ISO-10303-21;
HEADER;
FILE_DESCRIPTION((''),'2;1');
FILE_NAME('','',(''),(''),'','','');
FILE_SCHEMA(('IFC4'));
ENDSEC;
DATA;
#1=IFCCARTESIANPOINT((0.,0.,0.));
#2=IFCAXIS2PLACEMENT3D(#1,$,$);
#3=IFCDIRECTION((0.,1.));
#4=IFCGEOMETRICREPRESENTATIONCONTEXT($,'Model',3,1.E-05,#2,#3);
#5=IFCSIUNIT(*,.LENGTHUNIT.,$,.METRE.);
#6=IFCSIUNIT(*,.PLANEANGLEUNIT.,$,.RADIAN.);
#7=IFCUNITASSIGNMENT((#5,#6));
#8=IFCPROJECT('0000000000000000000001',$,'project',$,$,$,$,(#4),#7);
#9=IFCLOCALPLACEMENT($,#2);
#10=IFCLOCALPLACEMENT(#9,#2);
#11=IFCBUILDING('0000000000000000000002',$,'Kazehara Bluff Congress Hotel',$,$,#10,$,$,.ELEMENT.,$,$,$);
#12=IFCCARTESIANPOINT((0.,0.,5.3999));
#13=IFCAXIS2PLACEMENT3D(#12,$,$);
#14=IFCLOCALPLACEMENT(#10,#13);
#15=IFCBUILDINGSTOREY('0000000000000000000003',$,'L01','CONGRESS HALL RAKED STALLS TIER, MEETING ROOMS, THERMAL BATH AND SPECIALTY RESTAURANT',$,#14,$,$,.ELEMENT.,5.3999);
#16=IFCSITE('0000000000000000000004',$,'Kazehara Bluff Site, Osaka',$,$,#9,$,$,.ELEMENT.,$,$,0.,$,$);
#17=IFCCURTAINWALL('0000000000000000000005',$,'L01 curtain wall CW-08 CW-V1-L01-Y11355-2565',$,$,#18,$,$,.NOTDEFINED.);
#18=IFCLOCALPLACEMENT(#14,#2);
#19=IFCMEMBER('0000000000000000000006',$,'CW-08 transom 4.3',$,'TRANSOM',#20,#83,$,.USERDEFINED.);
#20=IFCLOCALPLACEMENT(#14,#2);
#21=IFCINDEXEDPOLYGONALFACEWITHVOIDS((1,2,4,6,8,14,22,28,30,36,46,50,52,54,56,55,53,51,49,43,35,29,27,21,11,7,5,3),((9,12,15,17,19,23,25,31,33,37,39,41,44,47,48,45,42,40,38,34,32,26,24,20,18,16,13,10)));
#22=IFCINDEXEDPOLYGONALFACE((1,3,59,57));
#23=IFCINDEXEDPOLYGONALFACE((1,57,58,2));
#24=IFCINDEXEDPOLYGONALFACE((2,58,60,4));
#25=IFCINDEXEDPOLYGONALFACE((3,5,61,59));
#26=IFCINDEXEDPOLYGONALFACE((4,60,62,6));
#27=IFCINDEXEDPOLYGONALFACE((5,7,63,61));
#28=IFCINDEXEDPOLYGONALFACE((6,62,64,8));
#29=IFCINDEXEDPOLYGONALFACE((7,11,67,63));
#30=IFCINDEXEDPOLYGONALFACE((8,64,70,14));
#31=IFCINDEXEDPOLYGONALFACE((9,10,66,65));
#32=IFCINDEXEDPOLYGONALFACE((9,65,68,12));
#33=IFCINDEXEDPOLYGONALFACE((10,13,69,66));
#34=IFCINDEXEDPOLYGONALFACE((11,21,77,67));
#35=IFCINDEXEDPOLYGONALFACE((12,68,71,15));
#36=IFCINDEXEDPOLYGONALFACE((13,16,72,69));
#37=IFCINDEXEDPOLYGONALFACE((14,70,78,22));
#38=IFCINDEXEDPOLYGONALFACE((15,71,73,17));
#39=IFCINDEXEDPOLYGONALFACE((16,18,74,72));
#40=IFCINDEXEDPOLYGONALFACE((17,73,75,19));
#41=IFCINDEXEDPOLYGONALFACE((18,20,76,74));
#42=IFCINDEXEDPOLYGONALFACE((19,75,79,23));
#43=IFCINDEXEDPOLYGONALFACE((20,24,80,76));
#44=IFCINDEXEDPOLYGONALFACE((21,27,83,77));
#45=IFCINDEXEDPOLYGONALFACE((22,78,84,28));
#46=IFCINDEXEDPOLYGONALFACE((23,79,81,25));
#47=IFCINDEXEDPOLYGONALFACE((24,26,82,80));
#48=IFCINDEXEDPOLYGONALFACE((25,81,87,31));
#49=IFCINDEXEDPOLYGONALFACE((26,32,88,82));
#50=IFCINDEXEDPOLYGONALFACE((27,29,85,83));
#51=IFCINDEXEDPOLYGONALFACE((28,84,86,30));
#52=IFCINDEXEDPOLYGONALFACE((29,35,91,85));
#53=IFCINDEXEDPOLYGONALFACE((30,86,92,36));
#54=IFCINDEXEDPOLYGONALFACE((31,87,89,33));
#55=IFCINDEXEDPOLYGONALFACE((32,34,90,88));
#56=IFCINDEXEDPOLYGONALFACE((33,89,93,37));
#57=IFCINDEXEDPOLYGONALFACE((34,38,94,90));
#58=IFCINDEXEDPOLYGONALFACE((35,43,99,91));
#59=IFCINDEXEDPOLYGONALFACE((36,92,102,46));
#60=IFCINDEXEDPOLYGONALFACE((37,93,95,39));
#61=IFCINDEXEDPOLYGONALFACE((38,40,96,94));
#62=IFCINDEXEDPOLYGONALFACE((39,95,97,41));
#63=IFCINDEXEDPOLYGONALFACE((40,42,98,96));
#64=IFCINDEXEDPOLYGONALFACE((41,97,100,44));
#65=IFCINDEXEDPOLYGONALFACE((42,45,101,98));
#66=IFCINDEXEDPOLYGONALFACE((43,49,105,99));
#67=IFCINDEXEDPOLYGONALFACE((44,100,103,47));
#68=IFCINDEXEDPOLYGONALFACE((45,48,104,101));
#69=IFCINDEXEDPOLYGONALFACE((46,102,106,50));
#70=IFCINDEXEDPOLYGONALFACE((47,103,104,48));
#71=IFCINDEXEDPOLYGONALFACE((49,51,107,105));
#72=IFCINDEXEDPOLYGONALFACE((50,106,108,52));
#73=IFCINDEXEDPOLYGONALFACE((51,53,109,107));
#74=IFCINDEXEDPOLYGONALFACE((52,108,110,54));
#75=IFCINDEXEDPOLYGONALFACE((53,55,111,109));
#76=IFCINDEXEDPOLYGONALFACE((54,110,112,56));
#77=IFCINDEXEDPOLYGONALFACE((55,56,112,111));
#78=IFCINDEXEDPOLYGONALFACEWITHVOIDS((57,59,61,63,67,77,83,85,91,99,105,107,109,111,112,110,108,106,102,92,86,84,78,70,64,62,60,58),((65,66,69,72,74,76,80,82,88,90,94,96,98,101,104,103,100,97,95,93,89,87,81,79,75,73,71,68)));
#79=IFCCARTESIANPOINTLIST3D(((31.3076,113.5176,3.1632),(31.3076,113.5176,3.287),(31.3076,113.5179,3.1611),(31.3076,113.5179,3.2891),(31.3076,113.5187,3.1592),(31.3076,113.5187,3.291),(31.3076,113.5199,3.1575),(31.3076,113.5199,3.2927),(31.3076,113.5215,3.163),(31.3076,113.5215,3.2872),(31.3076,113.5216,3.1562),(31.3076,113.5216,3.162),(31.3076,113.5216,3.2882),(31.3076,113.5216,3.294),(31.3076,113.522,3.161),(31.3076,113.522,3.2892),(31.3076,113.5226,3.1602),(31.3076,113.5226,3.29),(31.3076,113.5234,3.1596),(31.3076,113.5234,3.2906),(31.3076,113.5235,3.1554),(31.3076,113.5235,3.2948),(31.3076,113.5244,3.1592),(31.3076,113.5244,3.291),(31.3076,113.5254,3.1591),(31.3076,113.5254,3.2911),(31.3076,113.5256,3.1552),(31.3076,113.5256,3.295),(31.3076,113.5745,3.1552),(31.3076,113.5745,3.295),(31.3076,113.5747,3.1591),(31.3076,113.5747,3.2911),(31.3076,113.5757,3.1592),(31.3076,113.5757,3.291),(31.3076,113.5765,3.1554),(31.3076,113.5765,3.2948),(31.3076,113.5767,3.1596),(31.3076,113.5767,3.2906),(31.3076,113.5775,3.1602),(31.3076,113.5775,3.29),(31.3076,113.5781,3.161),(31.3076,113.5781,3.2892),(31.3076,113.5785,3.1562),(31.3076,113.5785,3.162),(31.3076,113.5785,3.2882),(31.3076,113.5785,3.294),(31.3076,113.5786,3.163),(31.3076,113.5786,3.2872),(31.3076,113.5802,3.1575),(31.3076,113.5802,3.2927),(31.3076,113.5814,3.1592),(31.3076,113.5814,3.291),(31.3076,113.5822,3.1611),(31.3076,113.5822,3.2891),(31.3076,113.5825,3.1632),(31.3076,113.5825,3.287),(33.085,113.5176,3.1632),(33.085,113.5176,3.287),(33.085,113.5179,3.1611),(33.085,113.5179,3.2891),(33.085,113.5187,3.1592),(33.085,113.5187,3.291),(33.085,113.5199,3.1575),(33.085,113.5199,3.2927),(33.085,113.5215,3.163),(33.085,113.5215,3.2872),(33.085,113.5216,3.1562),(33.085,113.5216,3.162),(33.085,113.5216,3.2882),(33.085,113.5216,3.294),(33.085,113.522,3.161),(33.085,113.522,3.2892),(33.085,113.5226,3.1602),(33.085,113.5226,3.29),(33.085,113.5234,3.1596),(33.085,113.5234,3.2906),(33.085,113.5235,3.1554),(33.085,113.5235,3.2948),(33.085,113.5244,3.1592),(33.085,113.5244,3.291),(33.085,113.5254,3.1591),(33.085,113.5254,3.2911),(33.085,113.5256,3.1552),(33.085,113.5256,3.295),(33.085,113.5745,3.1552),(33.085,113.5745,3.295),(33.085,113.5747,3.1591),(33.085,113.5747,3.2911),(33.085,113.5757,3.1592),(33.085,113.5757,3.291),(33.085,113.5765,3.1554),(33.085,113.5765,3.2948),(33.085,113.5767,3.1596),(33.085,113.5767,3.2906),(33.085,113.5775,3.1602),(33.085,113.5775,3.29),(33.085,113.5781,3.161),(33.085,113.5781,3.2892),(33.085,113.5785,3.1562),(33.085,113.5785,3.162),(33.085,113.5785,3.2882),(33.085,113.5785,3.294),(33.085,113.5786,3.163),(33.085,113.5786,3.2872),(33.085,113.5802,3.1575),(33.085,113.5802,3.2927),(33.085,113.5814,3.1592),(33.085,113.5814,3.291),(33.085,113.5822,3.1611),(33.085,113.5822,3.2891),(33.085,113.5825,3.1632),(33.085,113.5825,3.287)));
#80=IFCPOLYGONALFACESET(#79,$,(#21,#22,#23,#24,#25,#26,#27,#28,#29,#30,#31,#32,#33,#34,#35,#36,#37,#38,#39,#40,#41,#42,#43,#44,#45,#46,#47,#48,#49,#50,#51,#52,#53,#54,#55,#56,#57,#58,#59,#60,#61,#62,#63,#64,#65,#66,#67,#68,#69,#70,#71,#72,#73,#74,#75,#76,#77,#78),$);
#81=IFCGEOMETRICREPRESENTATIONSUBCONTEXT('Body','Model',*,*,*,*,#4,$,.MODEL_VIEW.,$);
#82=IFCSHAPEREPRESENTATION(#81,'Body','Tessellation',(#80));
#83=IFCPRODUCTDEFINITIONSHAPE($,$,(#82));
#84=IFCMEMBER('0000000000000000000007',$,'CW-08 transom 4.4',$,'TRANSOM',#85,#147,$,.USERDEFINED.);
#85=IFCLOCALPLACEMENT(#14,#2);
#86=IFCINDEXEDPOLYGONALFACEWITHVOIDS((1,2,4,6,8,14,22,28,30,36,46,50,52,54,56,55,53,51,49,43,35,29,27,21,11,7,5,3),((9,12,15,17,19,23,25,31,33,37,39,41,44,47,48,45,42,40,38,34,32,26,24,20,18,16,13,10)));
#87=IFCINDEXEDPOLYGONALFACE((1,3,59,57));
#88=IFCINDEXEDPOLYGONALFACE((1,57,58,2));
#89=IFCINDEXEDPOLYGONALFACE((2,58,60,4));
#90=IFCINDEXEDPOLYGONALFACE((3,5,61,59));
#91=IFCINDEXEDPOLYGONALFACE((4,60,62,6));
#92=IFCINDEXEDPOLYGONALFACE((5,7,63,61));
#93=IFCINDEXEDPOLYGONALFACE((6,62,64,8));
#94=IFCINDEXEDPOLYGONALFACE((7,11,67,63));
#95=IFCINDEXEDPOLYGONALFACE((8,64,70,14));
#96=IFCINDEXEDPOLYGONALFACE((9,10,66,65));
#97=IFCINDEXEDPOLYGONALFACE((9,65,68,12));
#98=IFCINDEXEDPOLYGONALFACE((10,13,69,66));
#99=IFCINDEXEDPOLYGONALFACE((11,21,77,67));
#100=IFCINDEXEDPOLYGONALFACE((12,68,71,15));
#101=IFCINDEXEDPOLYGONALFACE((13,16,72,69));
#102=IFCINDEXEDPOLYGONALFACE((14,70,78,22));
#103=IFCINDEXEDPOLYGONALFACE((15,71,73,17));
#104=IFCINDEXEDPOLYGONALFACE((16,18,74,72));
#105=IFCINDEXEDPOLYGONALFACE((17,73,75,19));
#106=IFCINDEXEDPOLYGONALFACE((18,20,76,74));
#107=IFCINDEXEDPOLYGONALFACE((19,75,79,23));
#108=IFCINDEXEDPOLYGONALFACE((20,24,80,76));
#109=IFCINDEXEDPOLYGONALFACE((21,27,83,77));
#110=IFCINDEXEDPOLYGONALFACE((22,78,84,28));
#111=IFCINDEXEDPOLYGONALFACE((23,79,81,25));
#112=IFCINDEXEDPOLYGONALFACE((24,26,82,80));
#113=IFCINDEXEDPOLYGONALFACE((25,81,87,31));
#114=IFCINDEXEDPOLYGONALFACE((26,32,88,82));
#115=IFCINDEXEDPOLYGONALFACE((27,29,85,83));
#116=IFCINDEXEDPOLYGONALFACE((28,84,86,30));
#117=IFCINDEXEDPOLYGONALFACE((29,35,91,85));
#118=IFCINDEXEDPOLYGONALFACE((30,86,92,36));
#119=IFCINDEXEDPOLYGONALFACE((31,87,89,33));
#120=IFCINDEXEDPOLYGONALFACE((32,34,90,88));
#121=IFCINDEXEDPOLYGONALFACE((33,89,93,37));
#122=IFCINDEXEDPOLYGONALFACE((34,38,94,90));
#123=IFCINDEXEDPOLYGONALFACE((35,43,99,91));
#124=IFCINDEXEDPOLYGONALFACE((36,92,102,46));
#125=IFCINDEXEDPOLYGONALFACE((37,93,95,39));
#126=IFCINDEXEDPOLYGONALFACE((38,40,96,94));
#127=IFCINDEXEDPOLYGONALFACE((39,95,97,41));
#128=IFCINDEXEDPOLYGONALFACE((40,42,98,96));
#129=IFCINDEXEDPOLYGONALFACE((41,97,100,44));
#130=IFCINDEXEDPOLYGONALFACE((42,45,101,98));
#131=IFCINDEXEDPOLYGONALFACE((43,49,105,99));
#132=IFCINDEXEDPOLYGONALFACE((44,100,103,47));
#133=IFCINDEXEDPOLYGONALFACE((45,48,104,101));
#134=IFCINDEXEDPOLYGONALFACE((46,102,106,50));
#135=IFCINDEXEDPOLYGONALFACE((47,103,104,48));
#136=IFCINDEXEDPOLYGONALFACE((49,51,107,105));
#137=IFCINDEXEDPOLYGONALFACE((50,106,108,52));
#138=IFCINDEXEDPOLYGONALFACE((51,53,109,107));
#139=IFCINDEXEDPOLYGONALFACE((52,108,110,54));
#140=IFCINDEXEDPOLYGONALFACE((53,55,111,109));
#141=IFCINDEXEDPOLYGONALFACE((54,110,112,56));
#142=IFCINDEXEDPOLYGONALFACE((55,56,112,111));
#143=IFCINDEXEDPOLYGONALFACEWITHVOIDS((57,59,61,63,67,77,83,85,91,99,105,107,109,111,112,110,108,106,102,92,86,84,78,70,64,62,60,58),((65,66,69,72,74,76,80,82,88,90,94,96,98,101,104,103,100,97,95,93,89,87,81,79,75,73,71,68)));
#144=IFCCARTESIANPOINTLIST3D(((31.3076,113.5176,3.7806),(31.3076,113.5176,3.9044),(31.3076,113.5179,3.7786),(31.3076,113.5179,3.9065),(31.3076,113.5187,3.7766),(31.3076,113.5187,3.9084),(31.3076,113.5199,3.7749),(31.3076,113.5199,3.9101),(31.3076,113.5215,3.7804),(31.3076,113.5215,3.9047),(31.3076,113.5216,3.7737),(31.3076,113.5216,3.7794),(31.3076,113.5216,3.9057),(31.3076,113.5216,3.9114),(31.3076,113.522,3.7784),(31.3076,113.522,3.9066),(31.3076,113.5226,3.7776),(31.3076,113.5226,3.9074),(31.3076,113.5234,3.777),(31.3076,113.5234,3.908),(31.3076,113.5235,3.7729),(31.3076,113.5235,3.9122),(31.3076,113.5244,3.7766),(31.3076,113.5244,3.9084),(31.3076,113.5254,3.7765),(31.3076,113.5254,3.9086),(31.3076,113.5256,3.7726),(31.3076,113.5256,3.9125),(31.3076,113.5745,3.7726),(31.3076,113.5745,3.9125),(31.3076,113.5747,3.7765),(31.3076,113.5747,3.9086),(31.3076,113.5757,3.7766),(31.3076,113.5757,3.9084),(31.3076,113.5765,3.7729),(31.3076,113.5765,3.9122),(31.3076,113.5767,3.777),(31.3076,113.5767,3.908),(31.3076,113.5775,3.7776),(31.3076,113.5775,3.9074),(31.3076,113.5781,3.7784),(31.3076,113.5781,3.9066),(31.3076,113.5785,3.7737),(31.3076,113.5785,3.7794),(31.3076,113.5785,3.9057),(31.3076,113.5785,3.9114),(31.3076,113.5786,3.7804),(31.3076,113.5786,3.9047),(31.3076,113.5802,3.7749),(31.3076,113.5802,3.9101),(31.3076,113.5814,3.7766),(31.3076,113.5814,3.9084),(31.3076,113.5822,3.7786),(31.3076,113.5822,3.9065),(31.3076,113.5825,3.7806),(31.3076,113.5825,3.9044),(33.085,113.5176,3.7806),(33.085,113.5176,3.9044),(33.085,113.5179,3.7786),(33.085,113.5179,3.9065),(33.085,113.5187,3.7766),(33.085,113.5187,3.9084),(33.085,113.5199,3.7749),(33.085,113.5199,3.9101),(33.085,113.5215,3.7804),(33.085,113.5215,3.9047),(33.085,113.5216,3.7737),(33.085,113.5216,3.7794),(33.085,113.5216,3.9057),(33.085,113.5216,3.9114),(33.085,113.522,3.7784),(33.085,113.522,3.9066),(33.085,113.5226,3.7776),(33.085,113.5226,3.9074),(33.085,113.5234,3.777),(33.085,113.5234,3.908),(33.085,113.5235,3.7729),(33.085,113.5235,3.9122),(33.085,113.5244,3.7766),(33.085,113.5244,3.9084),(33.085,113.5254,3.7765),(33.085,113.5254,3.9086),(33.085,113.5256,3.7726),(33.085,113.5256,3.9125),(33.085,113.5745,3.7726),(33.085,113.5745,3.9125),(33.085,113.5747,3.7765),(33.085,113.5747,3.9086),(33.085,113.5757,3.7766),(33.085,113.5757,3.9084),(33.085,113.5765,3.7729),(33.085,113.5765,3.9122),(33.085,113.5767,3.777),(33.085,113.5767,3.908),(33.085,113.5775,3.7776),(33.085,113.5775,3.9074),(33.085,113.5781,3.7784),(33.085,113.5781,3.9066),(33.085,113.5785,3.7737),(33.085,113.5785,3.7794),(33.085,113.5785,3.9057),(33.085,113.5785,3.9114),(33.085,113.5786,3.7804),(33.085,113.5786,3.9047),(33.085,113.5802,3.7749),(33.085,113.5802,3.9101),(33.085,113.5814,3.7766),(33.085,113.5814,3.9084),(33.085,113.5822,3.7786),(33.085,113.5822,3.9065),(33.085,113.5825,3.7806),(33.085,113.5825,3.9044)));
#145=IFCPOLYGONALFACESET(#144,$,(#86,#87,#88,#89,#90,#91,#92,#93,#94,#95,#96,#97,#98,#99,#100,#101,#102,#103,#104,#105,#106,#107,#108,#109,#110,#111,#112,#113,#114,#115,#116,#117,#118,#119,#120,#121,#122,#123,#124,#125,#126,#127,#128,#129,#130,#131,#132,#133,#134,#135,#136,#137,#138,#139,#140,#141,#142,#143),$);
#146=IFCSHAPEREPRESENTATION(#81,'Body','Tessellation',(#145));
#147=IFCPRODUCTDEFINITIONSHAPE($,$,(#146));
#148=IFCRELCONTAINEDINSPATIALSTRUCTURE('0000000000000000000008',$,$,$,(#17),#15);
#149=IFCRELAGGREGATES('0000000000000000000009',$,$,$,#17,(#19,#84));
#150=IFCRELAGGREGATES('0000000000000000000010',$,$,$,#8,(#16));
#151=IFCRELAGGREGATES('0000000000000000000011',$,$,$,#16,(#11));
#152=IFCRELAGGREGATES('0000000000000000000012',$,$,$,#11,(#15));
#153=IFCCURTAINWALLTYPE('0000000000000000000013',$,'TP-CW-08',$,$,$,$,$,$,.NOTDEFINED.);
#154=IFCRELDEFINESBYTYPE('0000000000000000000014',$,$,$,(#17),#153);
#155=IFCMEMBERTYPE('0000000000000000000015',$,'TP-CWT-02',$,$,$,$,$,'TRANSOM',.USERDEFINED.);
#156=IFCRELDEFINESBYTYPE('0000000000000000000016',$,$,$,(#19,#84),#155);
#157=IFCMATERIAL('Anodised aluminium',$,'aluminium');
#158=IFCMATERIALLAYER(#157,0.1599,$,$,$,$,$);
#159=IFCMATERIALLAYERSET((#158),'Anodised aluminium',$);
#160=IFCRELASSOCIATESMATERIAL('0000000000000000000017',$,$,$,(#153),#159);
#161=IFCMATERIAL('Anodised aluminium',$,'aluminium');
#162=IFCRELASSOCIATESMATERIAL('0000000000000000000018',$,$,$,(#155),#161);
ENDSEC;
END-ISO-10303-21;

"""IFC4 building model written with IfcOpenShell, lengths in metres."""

from ifc_helpers import new_model, si_unit, direction, frame, origin, origin_2d, place, context, subcontext, project, spatial, hollow_rectangle, extrude, material, layer, layer_set, material_profile, profile_set, type_object, element, aggregate, save


model = new_model("IFC4")

# Units and contexts
model_context = context("Model", 3, precision=1e-05, world=origin(), true_north=direction((0.0, 1.0)))
body_context = subcontext(model_context, "Body", "Model", "MODEL_VIEW")
ifc_project = project(units=[si_unit("LENGTHUNIT", "METRE"), si_unit("PLANEANGLEUNIT", "RADIAN")], contexts=[model_context])

# Site, building, storey
site_placement = place(None, origin())
site = spatial("IfcSite", under=ifc_project, at=site_placement, Name="Kazehara Bluff Site, Osaka", CompositionType="ELEMENT", RefElevation=0.0)
building_placement = place(site_placement, origin())
building = spatial("IfcBuilding", under=site, at=building_placement, Name="Kazehara Bluff Congress Hotel", CompositionType="ELEMENT")
storey_placement = place(building_placement, frame((0.0, 0.0, 5.3999)))
storey = spatial("IfcBuildingStorey", under=building, at=storey_placement, Name="L01", Description="CONGRESS HALL RAKED STALLS TIER, MEETING ROOMS, THERMAL BATH AND SPECIALTY RESTAURANT", CompositionType="ELEMENT", Elevation=5.3999)

# Curtain wall
ifc_material_1 = material(Name="Anodised aluminium", Category="aluminium")
ifc_layer_1 = layer(ifc_material_1, 0.1599)
ifc_layer_set_1 = layer_set([ifc_layer_1], Name="Anodised aluminium")
curtain_wall_type = type_object("IfcCurtainWallType", Name="TP-CW-08", PredefinedType="NOTDEFINED", material=ifc_layer_set_1)
curtain_wall_1_placement = place(storey_placement, origin())
curtain_wall_1 = element("IfcCurtainWall", 1, at=curtain_wall_1_placement, inside=storey, type_object=curtain_wall_type, Name="L01 curtain wall CW-08 CW-V1-L01-Y11355-2565", PredefinedType="NOTDEFINED")

# Members
ifc_material_2 = material(Name="Anodised aluminium", Category="aluminium")
ifc_material_profile_1 = material_profile(ifc_material_2, hollow_rectangle(XDim=0.0649, YDim=0.1399, WallThickness=0.0039, InnerFilletRadius=0.0039, OuterFilletRadius=0.0081, at=origin_2d()))
ifc_profile_set_1 = profile_set([ifc_material_profile_1], Name="Anodised aluminium")
member_type_1 = type_object("IfcMemberType", Name="TP-CWT-02", ElementType="TRANSOM", PredefinedType="USERDEFINED", material=ifc_profile_set_1)
member_1_placement = place(storey_placement, frame((31.3076, 113.55, 3.2251), z_axis=(1.0, 0.0, 0.0), x_axis=(0.0, 1.0, 0.0)))
member_1 = element("IfcMember", 2, at=member_1_placement, type_object=member_type_1, Name="CW-08 transom 4.3", ObjectType="TRANSOM", PredefinedType="USERDEFINED", context=body_context, shape_type="SweptSolid", body=[
    extrude(hollow_rectangle(XDim=0.0649, YDim=0.1399, WallThickness=0.0039, InnerFilletRadius=0.0039, OuterFilletRadius=0.0081, at=origin_2d()), origin(), (0.0, 0.0, 1.0), 1.7773),
])
member_2_placement = place(storey_placement, frame((31.3076, 113.55, 3.8425), z_axis=(1.0, 0.0, 0.0), x_axis=(0.0, 1.0, 0.0)))
member_2 = element("IfcMember", 3, at=member_2_placement, type_object=member_type_1, Name="CW-08 transom 4.4", ObjectType="TRANSOM", PredefinedType="USERDEFINED", context=body_context, shape_type="SweptSolid", body=[
    extrude(hollow_rectangle(XDim=0.0649, YDim=0.1399, WallThickness=0.0039, InnerFilletRadius=0.0039, OuterFilletRadius=0.0081, at=origin_2d()), origin(), (0.0, 0.0, 1.0), 1.7773),
])

aggregate(curtain_wall_1, [member_1, member_2])

save(model, "model.ifc")
